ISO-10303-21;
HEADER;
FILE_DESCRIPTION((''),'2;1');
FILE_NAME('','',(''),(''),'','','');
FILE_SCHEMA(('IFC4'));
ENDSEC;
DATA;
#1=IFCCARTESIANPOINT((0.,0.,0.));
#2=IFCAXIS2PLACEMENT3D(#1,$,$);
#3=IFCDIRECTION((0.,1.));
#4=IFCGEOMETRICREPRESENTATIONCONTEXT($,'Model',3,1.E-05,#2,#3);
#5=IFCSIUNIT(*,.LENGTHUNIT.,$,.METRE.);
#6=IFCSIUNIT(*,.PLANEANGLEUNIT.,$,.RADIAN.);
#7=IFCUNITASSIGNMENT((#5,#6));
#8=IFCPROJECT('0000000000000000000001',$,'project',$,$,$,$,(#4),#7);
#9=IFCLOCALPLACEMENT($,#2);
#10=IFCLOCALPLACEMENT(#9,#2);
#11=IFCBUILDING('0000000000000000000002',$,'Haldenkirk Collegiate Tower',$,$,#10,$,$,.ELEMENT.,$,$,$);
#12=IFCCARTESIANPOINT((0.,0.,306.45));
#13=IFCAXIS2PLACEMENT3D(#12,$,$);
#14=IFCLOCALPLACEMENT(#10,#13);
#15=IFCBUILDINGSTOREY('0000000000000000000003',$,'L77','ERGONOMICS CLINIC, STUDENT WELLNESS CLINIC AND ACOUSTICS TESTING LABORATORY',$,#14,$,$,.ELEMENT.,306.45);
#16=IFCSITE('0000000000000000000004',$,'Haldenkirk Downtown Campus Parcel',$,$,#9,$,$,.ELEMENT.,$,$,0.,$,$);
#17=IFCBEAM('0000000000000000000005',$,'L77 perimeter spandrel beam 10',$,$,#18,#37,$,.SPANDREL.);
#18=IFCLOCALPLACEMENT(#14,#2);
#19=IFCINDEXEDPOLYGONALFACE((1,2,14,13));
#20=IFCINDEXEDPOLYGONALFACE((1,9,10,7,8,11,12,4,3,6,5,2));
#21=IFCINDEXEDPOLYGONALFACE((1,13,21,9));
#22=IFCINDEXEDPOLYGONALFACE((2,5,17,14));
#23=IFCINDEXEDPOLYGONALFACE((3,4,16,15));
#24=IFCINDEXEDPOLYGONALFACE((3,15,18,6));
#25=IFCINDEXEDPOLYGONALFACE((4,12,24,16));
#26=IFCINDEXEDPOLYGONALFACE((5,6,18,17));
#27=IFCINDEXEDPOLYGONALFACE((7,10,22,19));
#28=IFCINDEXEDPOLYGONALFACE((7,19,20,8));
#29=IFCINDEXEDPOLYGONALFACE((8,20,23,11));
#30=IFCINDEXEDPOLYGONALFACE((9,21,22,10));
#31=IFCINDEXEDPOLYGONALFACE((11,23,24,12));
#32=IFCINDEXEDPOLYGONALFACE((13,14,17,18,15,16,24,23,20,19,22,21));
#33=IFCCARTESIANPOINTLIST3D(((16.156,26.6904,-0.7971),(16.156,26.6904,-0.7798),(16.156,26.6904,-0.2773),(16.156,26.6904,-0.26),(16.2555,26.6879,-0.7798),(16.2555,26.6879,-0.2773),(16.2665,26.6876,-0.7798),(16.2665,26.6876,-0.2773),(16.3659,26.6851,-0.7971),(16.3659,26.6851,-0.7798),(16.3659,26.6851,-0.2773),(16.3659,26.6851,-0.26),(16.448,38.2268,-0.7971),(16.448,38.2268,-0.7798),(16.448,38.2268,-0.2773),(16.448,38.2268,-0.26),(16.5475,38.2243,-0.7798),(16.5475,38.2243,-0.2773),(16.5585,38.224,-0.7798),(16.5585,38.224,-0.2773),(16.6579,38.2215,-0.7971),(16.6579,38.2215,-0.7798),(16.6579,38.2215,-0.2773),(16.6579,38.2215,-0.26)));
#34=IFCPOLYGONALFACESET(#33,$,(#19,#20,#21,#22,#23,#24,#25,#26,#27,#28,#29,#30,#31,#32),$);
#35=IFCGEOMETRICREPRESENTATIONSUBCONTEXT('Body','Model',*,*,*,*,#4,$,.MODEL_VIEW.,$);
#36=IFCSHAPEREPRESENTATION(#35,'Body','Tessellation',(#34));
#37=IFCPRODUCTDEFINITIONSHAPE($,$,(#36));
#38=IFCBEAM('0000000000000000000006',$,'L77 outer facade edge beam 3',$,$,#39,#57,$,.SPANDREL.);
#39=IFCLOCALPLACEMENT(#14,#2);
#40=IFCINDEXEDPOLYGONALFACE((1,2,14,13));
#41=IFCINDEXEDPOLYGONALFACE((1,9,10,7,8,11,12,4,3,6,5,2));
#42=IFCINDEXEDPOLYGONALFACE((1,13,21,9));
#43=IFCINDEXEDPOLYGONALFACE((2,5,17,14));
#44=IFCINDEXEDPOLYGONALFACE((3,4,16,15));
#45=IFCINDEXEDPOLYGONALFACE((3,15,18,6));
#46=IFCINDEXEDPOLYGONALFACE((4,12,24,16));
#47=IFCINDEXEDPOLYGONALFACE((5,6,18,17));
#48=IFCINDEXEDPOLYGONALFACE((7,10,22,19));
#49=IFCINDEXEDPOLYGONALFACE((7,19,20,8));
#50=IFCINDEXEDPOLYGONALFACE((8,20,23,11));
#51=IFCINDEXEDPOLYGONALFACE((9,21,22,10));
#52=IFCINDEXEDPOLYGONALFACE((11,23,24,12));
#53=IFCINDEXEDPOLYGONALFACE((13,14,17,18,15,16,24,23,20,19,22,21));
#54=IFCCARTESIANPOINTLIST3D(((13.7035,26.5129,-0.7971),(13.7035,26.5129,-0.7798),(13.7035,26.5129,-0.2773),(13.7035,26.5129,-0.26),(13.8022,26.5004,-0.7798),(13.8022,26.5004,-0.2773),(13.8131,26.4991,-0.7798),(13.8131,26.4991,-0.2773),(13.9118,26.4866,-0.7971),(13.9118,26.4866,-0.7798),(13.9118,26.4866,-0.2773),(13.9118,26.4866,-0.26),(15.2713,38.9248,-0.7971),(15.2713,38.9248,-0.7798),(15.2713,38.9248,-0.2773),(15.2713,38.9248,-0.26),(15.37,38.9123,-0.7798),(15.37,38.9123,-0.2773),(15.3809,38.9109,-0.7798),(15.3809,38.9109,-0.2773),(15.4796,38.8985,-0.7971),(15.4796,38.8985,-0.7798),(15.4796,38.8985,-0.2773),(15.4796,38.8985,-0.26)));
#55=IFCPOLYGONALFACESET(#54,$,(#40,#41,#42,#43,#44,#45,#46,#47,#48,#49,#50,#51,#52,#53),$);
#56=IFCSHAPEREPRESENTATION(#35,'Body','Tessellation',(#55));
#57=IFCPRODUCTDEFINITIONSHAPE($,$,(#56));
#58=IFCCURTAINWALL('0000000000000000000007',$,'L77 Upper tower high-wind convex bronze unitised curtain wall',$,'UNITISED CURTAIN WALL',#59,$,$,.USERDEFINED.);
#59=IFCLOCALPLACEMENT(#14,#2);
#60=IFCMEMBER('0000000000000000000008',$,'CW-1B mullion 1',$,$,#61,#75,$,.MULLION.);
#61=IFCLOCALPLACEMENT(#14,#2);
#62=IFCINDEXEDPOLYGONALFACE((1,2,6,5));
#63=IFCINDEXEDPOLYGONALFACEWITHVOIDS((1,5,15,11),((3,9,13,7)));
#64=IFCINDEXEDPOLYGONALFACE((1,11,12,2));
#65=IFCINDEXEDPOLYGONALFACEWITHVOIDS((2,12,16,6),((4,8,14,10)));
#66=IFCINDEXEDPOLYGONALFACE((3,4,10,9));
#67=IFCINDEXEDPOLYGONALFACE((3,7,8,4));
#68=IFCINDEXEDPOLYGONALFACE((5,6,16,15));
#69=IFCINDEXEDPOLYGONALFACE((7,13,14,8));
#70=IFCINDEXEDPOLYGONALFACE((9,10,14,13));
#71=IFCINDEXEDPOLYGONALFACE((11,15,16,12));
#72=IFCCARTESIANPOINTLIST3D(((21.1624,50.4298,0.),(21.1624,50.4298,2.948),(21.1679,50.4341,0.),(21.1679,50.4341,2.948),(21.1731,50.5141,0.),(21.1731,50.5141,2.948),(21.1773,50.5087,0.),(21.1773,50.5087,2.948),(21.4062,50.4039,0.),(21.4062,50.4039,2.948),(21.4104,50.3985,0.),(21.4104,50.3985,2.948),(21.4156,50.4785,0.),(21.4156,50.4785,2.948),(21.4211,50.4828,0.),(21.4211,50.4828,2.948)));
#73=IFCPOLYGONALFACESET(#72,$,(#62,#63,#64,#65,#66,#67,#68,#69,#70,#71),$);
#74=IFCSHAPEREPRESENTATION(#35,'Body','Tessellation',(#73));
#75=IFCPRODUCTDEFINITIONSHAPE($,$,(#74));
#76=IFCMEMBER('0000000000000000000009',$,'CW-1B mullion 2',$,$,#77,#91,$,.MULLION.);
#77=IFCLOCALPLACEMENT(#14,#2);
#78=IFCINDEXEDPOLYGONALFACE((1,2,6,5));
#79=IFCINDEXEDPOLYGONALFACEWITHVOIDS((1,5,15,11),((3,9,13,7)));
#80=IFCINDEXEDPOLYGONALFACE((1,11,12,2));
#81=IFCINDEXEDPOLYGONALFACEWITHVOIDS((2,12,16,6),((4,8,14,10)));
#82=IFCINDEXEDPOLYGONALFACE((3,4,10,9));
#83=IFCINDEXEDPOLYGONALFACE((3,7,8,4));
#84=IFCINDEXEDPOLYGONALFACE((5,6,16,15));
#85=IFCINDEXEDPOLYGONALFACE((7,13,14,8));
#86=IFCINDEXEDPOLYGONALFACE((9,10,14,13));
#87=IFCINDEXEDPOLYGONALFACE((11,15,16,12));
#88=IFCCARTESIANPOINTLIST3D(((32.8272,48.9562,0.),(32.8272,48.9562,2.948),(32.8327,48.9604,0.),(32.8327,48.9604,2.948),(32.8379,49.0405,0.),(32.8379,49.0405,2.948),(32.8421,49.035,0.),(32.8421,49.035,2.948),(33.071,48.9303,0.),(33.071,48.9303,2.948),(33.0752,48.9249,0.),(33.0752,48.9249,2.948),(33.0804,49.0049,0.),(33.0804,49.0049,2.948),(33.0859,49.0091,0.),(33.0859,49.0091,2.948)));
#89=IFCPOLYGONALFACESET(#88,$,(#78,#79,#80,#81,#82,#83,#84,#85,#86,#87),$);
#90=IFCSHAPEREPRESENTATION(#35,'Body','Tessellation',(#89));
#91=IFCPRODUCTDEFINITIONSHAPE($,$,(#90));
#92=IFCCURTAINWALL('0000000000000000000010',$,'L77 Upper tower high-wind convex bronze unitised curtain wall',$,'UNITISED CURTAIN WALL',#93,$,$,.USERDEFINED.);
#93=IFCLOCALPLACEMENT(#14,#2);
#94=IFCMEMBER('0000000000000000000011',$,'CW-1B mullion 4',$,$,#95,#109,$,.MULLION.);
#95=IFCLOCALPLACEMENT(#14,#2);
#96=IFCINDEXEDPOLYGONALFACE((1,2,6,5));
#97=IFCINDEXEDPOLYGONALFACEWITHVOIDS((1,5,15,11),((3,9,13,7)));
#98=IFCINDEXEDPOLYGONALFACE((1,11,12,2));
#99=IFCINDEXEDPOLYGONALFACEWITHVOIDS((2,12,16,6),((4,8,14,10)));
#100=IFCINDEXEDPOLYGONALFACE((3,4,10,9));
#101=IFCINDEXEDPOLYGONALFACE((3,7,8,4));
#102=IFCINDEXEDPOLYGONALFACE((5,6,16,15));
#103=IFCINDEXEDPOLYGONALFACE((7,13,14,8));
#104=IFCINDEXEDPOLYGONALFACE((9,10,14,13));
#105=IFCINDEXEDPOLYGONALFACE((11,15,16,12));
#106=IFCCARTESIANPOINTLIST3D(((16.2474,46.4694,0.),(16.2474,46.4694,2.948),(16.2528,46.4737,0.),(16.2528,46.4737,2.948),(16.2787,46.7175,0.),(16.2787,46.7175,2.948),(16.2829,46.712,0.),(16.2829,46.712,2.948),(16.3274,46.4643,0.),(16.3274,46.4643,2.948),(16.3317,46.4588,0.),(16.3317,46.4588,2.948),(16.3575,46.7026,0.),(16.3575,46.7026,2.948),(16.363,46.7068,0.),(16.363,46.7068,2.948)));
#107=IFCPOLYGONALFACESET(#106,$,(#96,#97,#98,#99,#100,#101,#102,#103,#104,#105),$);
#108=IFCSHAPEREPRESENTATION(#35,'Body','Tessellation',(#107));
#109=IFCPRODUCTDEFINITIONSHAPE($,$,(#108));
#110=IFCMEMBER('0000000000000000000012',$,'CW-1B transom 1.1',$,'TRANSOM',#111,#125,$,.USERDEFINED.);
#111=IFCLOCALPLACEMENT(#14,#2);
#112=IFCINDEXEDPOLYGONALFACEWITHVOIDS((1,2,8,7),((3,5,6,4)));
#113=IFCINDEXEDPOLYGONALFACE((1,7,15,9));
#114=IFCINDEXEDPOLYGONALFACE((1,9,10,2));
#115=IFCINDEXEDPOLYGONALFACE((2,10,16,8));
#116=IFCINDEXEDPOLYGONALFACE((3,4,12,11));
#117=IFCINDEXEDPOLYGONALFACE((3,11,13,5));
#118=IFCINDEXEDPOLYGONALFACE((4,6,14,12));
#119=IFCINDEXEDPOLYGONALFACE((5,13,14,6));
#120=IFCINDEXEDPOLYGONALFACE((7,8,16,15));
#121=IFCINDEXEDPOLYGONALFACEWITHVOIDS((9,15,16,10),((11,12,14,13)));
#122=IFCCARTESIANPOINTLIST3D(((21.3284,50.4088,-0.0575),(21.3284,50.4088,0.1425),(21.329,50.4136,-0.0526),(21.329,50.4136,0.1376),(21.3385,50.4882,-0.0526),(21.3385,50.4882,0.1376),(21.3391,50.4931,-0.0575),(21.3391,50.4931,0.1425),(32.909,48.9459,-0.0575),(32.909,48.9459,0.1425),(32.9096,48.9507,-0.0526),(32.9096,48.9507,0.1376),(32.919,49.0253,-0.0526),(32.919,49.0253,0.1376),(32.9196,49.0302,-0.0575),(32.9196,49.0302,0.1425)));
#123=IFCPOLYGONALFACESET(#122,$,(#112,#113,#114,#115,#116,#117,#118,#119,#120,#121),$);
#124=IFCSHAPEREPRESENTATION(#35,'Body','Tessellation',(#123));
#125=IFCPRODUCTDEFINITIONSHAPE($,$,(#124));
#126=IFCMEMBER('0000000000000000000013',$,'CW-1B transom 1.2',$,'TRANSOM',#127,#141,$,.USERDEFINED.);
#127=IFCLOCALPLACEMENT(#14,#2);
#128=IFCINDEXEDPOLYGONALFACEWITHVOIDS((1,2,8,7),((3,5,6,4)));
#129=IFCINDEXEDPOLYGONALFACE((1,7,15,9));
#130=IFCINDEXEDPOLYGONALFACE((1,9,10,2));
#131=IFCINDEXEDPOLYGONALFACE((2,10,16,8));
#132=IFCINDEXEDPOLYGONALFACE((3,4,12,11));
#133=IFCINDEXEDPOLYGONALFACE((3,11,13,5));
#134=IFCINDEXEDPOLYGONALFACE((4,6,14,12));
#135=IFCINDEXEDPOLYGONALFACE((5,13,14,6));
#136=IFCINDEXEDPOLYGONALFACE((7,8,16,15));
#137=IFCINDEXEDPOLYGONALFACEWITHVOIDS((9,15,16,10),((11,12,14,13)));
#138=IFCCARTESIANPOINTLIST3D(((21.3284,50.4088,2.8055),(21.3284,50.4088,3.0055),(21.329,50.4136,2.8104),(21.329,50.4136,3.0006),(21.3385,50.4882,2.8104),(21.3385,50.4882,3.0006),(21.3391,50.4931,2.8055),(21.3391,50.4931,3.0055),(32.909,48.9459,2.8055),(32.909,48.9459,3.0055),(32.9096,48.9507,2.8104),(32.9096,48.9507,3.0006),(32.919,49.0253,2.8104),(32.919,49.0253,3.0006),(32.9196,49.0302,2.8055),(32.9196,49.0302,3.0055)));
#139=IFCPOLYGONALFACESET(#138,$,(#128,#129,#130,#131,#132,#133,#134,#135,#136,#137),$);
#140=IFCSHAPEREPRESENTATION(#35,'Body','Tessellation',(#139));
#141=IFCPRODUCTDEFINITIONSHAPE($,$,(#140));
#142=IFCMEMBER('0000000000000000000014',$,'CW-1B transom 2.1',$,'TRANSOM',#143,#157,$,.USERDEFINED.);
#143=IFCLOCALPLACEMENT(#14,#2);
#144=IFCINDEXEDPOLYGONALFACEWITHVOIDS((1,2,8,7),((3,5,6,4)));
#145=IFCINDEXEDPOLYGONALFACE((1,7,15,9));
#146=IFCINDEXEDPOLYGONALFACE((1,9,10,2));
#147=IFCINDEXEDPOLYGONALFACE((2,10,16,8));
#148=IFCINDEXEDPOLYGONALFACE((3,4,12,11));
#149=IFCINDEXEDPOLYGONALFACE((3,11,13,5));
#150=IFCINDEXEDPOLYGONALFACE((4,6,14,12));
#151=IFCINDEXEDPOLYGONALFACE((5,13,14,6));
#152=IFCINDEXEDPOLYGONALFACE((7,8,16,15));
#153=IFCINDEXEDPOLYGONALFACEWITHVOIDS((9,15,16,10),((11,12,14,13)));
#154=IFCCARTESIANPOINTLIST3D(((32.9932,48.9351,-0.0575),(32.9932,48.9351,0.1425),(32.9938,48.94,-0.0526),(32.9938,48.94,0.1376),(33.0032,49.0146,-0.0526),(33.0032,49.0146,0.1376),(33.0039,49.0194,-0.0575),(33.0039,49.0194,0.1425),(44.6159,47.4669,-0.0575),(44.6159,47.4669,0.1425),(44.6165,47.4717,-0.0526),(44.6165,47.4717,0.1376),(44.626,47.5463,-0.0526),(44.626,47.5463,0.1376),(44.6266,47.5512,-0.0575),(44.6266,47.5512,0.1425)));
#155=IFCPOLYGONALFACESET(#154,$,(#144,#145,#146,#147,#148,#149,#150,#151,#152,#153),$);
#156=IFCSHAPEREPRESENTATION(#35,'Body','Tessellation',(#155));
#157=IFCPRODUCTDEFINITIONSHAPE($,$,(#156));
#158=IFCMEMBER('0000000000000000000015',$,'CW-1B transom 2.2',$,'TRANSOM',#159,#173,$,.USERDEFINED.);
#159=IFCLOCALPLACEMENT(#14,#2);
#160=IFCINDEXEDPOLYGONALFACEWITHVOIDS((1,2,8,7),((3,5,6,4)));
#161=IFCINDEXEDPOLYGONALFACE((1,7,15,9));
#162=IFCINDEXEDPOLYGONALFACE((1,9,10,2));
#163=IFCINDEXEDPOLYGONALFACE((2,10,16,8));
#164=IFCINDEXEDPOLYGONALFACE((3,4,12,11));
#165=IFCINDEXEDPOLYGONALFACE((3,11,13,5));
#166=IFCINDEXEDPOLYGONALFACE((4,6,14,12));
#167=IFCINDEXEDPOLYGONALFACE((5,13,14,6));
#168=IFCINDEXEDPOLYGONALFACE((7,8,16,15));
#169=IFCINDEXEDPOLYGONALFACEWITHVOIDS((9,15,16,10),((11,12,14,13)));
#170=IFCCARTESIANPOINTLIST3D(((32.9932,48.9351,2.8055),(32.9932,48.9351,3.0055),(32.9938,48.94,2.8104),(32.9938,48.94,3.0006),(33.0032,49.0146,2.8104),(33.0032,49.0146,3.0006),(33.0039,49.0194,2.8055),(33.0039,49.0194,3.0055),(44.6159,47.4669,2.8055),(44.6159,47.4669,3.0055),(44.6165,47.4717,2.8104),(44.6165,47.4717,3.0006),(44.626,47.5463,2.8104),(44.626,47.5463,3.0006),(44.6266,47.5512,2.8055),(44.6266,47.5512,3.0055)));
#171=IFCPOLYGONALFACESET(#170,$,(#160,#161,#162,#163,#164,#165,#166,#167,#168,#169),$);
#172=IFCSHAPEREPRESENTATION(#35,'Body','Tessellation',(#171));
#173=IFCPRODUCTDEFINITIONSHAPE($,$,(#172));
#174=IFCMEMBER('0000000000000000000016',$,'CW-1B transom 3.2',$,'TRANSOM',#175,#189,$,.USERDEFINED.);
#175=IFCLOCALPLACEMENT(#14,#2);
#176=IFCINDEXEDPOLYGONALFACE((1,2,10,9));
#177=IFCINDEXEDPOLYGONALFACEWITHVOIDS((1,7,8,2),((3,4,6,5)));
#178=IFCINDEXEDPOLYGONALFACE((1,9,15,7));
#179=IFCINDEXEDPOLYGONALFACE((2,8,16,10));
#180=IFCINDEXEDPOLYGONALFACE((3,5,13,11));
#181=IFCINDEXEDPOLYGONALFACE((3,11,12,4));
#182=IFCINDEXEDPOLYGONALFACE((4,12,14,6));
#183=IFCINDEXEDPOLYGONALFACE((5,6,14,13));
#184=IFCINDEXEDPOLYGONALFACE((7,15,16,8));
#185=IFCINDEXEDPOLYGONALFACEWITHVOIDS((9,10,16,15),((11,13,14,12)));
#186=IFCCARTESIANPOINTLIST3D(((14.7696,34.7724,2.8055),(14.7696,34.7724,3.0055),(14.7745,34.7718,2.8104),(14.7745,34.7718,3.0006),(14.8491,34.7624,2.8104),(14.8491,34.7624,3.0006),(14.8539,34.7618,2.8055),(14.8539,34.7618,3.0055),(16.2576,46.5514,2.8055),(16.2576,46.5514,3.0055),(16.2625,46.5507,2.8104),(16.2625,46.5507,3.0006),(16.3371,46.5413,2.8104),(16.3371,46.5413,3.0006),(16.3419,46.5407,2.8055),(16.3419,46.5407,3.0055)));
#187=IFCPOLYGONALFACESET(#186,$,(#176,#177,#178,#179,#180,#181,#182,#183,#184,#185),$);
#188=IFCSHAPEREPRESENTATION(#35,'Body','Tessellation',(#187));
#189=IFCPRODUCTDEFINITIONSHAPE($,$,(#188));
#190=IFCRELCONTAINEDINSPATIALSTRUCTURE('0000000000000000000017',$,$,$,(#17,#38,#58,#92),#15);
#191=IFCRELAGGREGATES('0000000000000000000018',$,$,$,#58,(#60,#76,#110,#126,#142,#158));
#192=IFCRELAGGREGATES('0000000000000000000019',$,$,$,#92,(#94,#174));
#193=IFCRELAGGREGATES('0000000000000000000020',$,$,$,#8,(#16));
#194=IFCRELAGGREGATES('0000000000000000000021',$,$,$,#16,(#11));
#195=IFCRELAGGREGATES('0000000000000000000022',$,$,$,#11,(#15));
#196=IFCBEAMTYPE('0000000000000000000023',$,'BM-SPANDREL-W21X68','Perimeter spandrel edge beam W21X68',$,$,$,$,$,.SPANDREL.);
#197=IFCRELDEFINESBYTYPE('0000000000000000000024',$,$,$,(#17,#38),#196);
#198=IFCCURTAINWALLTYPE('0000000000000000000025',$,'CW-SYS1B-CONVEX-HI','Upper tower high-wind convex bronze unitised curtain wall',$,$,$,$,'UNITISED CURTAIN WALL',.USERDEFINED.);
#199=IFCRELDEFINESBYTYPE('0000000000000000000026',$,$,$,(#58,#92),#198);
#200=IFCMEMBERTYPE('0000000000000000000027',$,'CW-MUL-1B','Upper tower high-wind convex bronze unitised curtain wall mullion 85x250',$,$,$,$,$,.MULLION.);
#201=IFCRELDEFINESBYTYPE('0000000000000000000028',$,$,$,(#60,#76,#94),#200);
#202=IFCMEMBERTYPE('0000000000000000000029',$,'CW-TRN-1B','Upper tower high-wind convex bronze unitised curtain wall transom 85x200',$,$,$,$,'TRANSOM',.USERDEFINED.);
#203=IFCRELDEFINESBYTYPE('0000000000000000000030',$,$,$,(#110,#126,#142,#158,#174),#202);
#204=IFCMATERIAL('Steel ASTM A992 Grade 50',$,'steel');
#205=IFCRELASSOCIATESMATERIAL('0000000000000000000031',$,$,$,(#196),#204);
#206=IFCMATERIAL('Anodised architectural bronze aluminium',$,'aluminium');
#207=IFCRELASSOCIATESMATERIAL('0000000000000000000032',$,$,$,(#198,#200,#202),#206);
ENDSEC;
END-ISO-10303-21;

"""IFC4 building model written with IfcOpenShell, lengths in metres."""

from ifc_helpers import new_model, si_unit, direction, frame, origin, origin_2d, place, context, subcontext, project, spatial, hollow_rectangle, i_section, extrude, material, material_profile, profile_set, type_object, element, aggregate, save


model = new_model("IFC4")

# Units and contexts
model_context = context("Model", 3, precision=1e-05, world=origin(), true_north=direction((0.0, 1.0)))
body_context = subcontext(model_context, "Body", "Model", "MODEL_VIEW")
ifc_project = project(units=[si_unit("LENGTHUNIT", "METRE"), si_unit("PLANEANGLEUNIT", "RADIAN")], contexts=[model_context])

# Site, building, storey
site_placement = place(None, origin())
site = spatial("IfcSite", under=ifc_project, at=site_placement, Name="Haldenkirk Downtown Campus Parcel", CompositionType="ELEMENT", RefElevation=0.0)
building_placement = place(site_placement, origin())
building = spatial("IfcBuilding", under=site, at=building_placement, Name="Haldenkirk Collegiate Tower", CompositionType="ELEMENT")
storey_placement = place(building_placement, frame((0.0, 0.0, 306.45)))
storey = spatial("IfcBuildingStorey", under=building, at=storey_placement, Name="L77", Description="ERGONOMICS CLINIC, STUDENT WELLNESS CLINIC AND ACOUSTICS TESTING LABORATORY", CompositionType="ELEMENT", Elevation=306.45)

# Beams
ifc_material_1 = material(Name="Steel ASTM A992 Grade 50", Category="steel")
ifc_material_profile_1 = material_profile(ifc_material_1, i_section(OverallWidth=0.21, OverallDepth=0.5371, WebThickness=0.011, FlangeThickness=0.0173, at=origin_2d()), Name="W21X68")
ifc_profile_set_1 = profile_set([ifc_material_profile_1], Name="Steel ASTM A992 Grade 50")
beam_type_1 = type_object("IfcBeamType", Name="BM-SPANDREL-W21X68", Description="Perimeter spandrel edge beam W21X68", PredefinedType="SPANDREL", material=ifc_profile_set_1)
beam_1_placement = place(storey_placement, frame((16.553, 38.2241, -0.5286), z_axis=(-0.025302, -0.99968, 0.0), x_axis=(0.99968, -0.025302, 0.0)))
element("IfcBeam", 1, at=beam_1_placement, inside=storey, type_object=beam_type_1, Name="L77 perimeter spandrel beam 10", PredefinedType="SPANDREL", context=body_context, shape_type="SweptSolid", body=[
    extrude(i_section(OverallWidth=0.21, OverallDepth=0.5371, WebThickness=0.011, FlangeThickness=0.0173, at=origin_2d()), origin(), (0.0, 0.0, 1.0), 11.54),
])
beam_2_placement = place(storey_placement, frame((15.3755, 38.9116, -0.5286), z_axis=(-0.125324, -0.992116, 0.0), x_axis=(0.992116, -0.125324, 0.0)))
element("IfcBeam", 2, at=beam_2_placement, inside=storey, type_object=beam_type_1, Name="L77 outer facade edge beam 3", PredefinedType="SPANDREL", context=body_context, shape_type="SweptSolid", body=[
    extrude(i_section(OverallWidth=0.21, OverallDepth=0.5371, WebThickness=0.011, FlangeThickness=0.0173, at=origin_2d()), origin(), (0.0, 0.0, 1.0), 12.5105),
])

# Curtain wall, members
ifc_material_2 = material(Name="Anodised architectural bronze aluminium", Category="aluminium")
curtain_wall_type = type_object("IfcCurtainWallType", Name="CW-SYS1B-CONVEX-HI", Description="Upper tower high-wind convex bronze unitised curtain wall", ElementType="UNITISED CURTAIN WALL", PredefinedType="USERDEFINED", material=ifc_material_2)
curtain_wall_1_placement = place(storey_placement, origin())
curtain_wall_1 = element("IfcCurtainWall", 3, at=curtain_wall_1_placement, inside=storey, type_object=curtain_wall_type, Name="L77 Upper tower high-wind convex bronze unitised curtain wall", ObjectType="UNITISED CURTAIN WALL", PredefinedType="USERDEFINED")
ifc_material_profile_2 = material_profile(ifc_material_2, hollow_rectangle(XDim=0.085, YDim=0.25, WallThickness=0.0049, at=origin_2d()), Name="CW-MUL-1B")
ifc_profile_set_2 = profile_set([ifc_material_profile_2], Name="Anodised architectural bronze aluminium")
member_type_1 = type_object("IfcMemberType", Name="CW-MUL-1B", Description="Upper tower high-wind convex bronze unitised curtain wall mullion 85x250", PredefinedType="MULLION", material=ifc_profile_set_2)
member_1_placement = place(storey_placement, frame((21.2917, 50.4563, 0.0), z_axis=(0.0, 0.0, 1.0), x_axis=(0.125333, 0.992115, 0.0)))
member_1 = element("IfcMember", 4, at=member_1_placement, type_object=member_type_1, Name="CW-1B mullion 1", PredefinedType="MULLION", context=body_context, shape_type="SweptSolid", body=[
    extrude(hollow_rectangle(XDim=0.085, YDim=0.25, WallThickness=0.0049, at=origin_2d()), origin(), (0.0, 0.0, 1.0), 2.948),
])
member_2_placement = place(storey_placement, frame((32.9565, 48.9827, 0.0), z_axis=(0.0, 0.0, 1.0), x_axis=(0.125333, 0.992115, 0.0)))
member_2 = element("IfcMember", 5, at=member_2_placement, type_object=member_type_1, Name="CW-1B mullion 2", PredefinedType="MULLION", context=body_context, shape_type="SweptSolid", body=[
    extrude(hollow_rectangle(XDim=0.085, YDim=0.25, WallThickness=0.0049, at=origin_2d()), origin(), (0.0, 0.0, 1.0), 2.948),
])

# Curtain wall, member
curtain_wall_2_placement = place(storey_placement, origin())
curtain_wall_2 = element("IfcCurtainWall", 6, at=curtain_wall_2_placement, inside=storey, type_object=curtain_wall_type, Name="L77 Upper tower high-wind convex bronze unitised curtain wall", ObjectType="UNITISED CURTAIN WALL", PredefinedType="USERDEFINED")
member_3_placement = place(storey_placement, frame((16.3052, 46.5881, 0.0), z_axis=(0.0, 0.0, 1.0), x_axis=(-0.992115, 0.125333, 0.0)))
member_3 = element("IfcMember", 7, at=member_3_placement, type_object=member_type_1, Name="CW-1B mullion 4", PredefinedType="MULLION", context=body_context, shape_type="SweptSolid", body=[
    extrude(hollow_rectangle(XDim=0.085, YDim=0.25, WallThickness=0.0049, at=origin_2d()), origin(), (0.0, 0.0, 1.0), 2.948),
])

# Members
ifc_material_profile_3 = material_profile(ifc_material_2, hollow_rectangle(XDim=0.085, YDim=0.2, WallThickness=0.0049, at=origin_2d()), Name="CW-TRN-1B")
ifc_profile_set_3 = profile_set([ifc_material_profile_3], Name="Anodised architectural bronze aluminium")
member_type_2 = type_object("IfcMemberType", Name="CW-TRN-1B", Description="Upper tower high-wind convex bronze unitised curtain wall transom 85x200", ElementType="TRANSOM", PredefinedType="USERDEFINED", material=ifc_profile_set_3)
member_4_placement = place(storey_placement, frame((21.3337, 50.4509, 0.0425), z_axis=(0.992116, -0.125327, 0.0), x_axis=(0.125327, 0.992116, 0.0)))
member_4 = element("IfcMember", 8, at=member_4_placement, type_object=member_type_2, Name="CW-1B transom 1.1", ObjectType="TRANSOM", PredefinedType="USERDEFINED", context=body_context, shape_type="SweptSolid", body=[
    extrude(hollow_rectangle(XDim=0.085, YDim=0.2, WallThickness=0.0049, at=origin_2d()), origin(), (0.0, 0.0, 1.0), 11.6726),
])
member_5_placement = place(storey_placement, frame((21.3337, 50.4509, 2.9055), z_axis=(0.992116, -0.125327, 0.0), x_axis=(0.125327, 0.992116, 0.0)))
member_5 = element("IfcMember", 9, at=member_5_placement, type_object=member_type_2, Name="CW-1B transom 1.2", ObjectType="TRANSOM", PredefinedType="USERDEFINED", context=body_context, shape_type="SweptSolid", body=[
    extrude(hollow_rectangle(XDim=0.085, YDim=0.2, WallThickness=0.0049, at=origin_2d()), origin(), (0.0, 0.0, 1.0), 11.6726),
])
member_6_placement = place(storey_placement, frame((32.9985, 48.9773, 0.0425), z_axis=(0.992115, -0.12533, 0.0), x_axis=(0.12533, 0.992115, 0.0)))
member_6 = element("IfcMember", 10, at=member_6_placement, type_object=member_type_2, Name="CW-1B transom 2.1", ObjectType="TRANSOM", PredefinedType="USERDEFINED", context=body_context, shape_type="SweptSolid", body=[
    extrude(hollow_rectangle(XDim=0.085, YDim=0.2, WallThickness=0.0049, at=origin_2d()), origin(), (0.0, 0.0, 1.0), 11.7151),
])
member_7_placement = place(storey_placement, frame((32.9985, 48.9773, 2.9055), z_axis=(0.992115, -0.12533, 0.0), x_axis=(0.12533, 0.992115, 0.0)))
member_7 = element("IfcMember", 11, at=member_7_placement, type_object=member_type_2, Name="CW-1B transom 2.2", ObjectType="TRANSOM", PredefinedType="USERDEFINED", context=body_context, shape_type="SweptSolid", body=[
    extrude(hollow_rectangle(XDim=0.085, YDim=0.2, WallThickness=0.0049, at=origin_2d()), origin(), (0.0, 0.0, 1.0), 11.7151),
])
member_8_placement = place(storey_placement, frame((14.8118, 34.7671, 2.9055), z_axis=(0.125333, 0.992115, 0.0), x_axis=(-0.992115, 0.125333, 0.0)))
member_8 = element("IfcMember", 12, at=member_8_placement, type_object=member_type_2, Name="CW-1B transom 3.2", ObjectType="TRANSOM", PredefinedType="USERDEFINED", context=body_context, shape_type="SweptSolid", body=[
    extrude(hollow_rectangle(XDim=0.085, YDim=0.2, WallThickness=0.0049, at=origin_2d()), origin(), (0.0, 0.0, 1.0), 11.8726),
])

aggregate(curtain_wall_1, [member_1, member_2, member_4, member_5, member_6, member_7])
aggregate(curtain_wall_2, [member_3, member_8])

save(model, "model.ifc")
